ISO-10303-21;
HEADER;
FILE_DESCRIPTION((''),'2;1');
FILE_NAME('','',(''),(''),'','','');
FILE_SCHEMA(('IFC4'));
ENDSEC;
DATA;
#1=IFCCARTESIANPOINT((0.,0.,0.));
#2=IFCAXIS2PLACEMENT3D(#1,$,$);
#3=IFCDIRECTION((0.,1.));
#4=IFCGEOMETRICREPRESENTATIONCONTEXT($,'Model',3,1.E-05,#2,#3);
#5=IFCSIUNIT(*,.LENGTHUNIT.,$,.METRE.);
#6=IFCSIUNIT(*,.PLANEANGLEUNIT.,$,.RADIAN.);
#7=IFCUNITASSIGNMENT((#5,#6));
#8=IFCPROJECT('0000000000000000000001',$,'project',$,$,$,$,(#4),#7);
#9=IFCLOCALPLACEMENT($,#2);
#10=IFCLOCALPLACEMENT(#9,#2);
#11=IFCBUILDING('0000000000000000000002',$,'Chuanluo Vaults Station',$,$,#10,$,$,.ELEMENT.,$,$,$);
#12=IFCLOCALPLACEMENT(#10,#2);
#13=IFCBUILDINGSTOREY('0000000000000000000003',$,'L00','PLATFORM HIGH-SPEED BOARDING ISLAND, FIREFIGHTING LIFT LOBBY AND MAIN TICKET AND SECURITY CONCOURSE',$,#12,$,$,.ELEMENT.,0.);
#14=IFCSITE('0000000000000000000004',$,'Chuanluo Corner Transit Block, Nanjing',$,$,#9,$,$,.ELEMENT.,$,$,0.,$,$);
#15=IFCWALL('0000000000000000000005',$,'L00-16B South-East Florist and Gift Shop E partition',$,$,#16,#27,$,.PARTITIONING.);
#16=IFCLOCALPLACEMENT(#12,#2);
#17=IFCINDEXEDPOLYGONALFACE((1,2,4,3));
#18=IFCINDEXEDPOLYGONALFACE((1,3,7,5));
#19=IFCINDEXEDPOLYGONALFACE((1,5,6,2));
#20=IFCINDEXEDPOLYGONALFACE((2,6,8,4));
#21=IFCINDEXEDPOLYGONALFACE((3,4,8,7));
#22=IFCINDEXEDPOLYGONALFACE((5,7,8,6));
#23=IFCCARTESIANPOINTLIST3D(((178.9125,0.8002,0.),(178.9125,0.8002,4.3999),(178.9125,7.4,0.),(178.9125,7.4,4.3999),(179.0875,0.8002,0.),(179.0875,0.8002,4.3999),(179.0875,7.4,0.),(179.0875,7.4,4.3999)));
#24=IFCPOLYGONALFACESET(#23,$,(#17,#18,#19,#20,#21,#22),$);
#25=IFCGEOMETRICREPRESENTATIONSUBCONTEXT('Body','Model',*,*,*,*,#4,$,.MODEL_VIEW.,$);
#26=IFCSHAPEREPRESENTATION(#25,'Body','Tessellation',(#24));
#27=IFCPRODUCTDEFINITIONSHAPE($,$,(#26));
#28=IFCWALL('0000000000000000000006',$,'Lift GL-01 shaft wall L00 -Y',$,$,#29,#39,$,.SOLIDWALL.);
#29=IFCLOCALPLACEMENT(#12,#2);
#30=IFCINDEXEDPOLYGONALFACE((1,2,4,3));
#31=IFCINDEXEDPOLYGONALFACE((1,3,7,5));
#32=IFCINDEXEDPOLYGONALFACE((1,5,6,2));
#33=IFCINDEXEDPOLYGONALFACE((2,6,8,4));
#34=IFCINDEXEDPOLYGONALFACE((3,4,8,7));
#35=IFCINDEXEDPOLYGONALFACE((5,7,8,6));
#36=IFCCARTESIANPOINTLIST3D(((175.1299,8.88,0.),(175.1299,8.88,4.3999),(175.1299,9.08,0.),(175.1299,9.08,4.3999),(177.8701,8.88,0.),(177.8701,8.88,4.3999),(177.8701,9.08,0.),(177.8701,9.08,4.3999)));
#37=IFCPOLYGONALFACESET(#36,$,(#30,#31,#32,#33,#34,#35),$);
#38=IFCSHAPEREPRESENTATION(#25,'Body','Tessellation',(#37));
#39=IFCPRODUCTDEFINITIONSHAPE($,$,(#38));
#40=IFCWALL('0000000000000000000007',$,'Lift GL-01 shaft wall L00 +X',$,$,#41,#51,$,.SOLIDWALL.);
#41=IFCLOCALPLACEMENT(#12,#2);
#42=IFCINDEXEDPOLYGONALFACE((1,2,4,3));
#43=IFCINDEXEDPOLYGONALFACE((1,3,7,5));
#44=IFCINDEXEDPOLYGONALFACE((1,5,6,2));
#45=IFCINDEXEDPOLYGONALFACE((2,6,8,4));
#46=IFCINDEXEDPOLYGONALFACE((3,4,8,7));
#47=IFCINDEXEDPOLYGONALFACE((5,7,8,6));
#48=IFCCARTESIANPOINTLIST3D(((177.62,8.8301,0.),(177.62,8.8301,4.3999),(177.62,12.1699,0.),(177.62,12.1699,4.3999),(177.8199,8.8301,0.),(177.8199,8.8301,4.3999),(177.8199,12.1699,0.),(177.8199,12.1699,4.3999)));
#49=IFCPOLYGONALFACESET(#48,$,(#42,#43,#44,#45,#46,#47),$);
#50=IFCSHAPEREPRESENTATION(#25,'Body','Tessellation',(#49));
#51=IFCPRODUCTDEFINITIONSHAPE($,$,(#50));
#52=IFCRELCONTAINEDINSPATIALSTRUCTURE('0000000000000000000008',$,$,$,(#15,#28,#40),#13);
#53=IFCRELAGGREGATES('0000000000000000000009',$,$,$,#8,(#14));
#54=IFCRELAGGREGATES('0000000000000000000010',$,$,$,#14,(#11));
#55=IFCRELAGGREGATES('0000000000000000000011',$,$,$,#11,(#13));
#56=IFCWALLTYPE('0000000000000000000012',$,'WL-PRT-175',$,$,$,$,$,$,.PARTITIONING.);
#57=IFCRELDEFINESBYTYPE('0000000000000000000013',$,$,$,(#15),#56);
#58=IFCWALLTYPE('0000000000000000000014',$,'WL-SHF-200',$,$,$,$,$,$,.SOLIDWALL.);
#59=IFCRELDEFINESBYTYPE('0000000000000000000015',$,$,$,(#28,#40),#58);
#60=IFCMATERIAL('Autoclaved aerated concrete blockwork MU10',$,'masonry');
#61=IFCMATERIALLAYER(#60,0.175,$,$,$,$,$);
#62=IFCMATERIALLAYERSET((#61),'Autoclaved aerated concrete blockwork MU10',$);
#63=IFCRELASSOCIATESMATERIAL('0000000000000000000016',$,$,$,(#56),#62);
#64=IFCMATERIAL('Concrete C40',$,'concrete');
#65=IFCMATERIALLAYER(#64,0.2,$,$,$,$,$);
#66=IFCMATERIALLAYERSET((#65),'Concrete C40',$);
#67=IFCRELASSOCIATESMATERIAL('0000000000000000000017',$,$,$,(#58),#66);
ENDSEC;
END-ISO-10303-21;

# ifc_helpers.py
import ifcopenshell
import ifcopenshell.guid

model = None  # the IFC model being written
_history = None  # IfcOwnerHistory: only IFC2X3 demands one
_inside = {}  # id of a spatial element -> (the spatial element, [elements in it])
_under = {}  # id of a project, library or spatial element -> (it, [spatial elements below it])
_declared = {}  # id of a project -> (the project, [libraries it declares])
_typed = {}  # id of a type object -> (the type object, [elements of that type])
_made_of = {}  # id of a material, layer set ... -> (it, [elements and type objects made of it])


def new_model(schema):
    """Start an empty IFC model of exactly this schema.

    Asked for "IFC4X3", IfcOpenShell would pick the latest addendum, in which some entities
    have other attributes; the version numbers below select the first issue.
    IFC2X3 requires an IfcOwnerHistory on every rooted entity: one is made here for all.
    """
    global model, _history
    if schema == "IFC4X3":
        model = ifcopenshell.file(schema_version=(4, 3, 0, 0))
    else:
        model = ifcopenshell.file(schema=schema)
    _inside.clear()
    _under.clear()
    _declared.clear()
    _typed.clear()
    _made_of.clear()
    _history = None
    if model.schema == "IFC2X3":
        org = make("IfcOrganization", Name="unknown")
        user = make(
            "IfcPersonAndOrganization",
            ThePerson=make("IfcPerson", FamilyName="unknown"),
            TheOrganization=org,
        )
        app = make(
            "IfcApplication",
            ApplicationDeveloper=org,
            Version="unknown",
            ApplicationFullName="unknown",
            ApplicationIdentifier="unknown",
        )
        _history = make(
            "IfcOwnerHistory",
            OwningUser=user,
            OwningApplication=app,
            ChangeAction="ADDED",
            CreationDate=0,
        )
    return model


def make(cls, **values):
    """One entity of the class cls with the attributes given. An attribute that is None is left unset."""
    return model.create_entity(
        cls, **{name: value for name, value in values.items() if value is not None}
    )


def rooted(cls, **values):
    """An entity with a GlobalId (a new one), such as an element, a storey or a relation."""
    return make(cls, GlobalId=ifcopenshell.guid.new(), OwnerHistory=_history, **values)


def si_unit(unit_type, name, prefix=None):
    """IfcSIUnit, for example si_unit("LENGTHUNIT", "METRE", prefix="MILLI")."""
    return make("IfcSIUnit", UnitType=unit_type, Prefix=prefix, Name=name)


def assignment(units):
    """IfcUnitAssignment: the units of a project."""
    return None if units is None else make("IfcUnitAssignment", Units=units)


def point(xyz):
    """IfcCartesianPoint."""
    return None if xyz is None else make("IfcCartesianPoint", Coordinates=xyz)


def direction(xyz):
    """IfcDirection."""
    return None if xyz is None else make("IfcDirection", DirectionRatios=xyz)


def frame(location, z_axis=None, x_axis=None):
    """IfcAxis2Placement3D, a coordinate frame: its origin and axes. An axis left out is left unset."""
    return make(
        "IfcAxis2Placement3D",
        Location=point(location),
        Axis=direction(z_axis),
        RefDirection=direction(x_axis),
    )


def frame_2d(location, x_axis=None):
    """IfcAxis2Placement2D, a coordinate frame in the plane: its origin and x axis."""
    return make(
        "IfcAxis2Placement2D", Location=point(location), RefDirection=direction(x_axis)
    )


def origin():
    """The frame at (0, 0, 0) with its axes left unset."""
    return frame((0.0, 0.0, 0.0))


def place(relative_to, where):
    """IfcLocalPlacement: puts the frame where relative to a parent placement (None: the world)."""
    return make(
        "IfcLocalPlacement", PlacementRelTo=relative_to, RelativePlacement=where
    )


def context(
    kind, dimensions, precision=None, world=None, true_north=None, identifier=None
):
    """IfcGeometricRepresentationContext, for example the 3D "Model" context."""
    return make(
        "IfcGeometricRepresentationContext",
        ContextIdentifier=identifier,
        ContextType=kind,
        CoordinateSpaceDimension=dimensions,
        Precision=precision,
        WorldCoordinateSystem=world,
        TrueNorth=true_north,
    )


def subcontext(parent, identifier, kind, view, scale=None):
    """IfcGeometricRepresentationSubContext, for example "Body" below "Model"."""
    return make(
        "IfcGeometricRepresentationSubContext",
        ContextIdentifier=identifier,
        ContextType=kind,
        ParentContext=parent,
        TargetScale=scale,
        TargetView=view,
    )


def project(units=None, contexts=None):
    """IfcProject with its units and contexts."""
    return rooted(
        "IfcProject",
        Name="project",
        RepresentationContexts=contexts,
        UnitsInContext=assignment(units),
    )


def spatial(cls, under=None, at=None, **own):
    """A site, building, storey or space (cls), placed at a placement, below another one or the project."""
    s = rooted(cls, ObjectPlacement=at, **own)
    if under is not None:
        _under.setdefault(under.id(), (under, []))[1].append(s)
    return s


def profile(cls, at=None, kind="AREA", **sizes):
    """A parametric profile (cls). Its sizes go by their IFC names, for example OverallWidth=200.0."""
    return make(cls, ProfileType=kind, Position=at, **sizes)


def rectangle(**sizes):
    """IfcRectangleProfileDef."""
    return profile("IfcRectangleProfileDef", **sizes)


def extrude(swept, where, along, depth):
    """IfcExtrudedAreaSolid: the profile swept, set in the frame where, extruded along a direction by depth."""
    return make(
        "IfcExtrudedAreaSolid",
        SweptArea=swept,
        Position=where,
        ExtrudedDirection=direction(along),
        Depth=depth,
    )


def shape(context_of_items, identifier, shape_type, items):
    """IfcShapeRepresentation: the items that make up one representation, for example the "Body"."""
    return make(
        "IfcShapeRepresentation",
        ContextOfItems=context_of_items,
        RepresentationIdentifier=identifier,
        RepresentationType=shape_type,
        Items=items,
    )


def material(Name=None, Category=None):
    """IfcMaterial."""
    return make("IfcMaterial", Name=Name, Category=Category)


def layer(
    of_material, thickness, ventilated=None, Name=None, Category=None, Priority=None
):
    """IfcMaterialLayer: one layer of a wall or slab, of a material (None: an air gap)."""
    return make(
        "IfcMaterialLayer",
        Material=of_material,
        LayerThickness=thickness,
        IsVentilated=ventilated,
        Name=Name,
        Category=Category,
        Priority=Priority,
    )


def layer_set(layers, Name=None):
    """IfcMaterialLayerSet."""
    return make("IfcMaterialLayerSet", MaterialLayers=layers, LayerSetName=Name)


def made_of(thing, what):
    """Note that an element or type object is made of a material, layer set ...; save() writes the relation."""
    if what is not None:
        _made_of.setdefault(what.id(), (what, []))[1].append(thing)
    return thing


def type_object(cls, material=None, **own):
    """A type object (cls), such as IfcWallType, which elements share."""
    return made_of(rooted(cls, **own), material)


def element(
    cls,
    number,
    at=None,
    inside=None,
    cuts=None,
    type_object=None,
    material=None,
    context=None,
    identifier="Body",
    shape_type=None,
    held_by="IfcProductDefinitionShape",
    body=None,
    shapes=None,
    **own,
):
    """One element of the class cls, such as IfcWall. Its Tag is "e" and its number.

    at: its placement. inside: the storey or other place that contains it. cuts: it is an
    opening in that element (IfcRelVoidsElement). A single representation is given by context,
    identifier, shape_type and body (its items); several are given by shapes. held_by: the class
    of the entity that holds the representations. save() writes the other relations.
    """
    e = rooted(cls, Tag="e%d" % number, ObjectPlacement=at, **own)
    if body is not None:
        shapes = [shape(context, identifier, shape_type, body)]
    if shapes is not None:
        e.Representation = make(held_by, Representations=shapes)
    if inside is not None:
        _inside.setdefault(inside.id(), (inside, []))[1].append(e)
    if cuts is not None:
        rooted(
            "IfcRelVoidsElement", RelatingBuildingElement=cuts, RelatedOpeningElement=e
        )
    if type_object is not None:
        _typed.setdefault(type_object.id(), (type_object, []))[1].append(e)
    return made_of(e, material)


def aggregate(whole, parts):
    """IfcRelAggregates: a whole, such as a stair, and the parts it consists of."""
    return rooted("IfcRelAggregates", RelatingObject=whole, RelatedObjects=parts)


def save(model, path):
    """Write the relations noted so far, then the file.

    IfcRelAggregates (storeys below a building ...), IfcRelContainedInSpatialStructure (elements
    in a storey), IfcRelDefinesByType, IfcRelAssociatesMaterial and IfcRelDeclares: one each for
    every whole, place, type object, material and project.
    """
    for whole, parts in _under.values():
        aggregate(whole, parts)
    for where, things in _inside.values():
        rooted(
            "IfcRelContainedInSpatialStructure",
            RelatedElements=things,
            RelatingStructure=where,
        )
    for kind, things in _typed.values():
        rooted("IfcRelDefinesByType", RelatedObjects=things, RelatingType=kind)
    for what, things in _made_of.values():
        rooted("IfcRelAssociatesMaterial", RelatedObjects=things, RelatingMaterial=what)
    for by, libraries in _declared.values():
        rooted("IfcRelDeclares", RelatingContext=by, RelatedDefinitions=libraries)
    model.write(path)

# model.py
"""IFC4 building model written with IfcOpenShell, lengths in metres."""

from ifc_helpers import new_model, si_unit, direction, frame, frame_2d, origin, place, context, subcontext, project, spatial, rectangle, extrude, material, layer, layer_set, type_object, element, save


model = new_model("IFC4")

# Units and contexts
model_context = context("Model", 3, precision=1e-05, world=origin(), true_north=direction((0.0, 1.0)))
body_context = subcontext(model_context, "Body", "Model", "MODEL_VIEW")
ifc_project = project(units=[si_unit("LENGTHUNIT", "METRE"), si_unit("PLANEANGLEUNIT", "RADIAN")], contexts=[model_context])

# Site, building, storey
site_placement = place(None, origin())
site = spatial("IfcSite", under=ifc_project, at=site_placement, Name="Chuanluo Corner Transit Block, Nanjing", CompositionType="ELEMENT", RefElevation=0.0)
building_placement = place(site_placement, origin())
building = spatial("IfcBuilding", under=site, at=building_placement, Name="Chuanluo Vaults Station", CompositionType="ELEMENT")
storey_placement = place(building_placement, origin())
storey = spatial("IfcBuildingStorey", under=building, at=storey_placement, Name="L00", Description="PLATFORM HIGH-SPEED BOARDING ISLAND, FIREFIGHTING LIFT LOBBY AND MAIN TICKET AND SECURITY CONCOURSE", CompositionType="ELEMENT", Elevation=0.0)

# Walls
ifc_material_1 = material(Name="Autoclaved aerated concrete blockwork MU10", Category="masonry")
ifc_layer_1 = layer(ifc_material_1, 0.175)
ifc_layer_set_1 = layer_set([ifc_layer_1], Name="Autoclaved aerated concrete blockwork MU10")
wall_type_1 = type_object("IfcWallType", Name="WL-PRT-175", PredefinedType="PARTITIONING", material=ifc_layer_set_1)
wall_1_placement = place(storey_placement, frame((179.0, 7.3999, 0.0), z_axis=(0.0, 0.0, 1.0), x_axis=(0.0, -1.0, 0.0)))
element("IfcWall", 1, at=wall_1_placement, inside=storey, type_object=wall_type_1, Name="L00-16B South-East Florist and Gift Shop E partition", PredefinedType="PARTITIONING", context=body_context, shape_type="SweptSolid", body=[
    extrude(rectangle(XDim=6.5999, YDim=0.175, at=frame_2d((3.2998, 0.0))), origin(), (0.0, 0.0, 1.0), 4.3999),
])
ifc_material_2 = material(Name="Concrete C40", Category="concrete")
ifc_layer_2 = layer(ifc_material_2, 0.2)
ifc_layer_set_2 = layer_set([ifc_layer_2], Name="Concrete C40")
wall_type_2 = type_object("IfcWallType", Name="WL-SHF-200", PredefinedType="SOLIDWALL", material=ifc_layer_set_2)
wall_2_placement = place(storey_placement, frame((175.1299, 8.98, 0.0), z_axis=(0.0, 0.0, 1.0), x_axis=(1.0, 0.0, 0.0)))
element("IfcWall", 2, at=wall_2_placement, inside=storey, type_object=wall_type_2, Name="Lift GL-01 shaft wall L00 -Y", PredefinedType="SOLIDWALL", context=body_context, shape_type="SweptSolid", body=[
    extrude(rectangle(XDim=2.7402, YDim=0.2, at=frame_2d((1.3701, 0.0))), origin(), (0.0, 0.0, 1.0), 4.3999),
])
wall_3_placement = place(storey_placement, frame((177.72, 8.8301, 0.0), z_axis=(0.0, 0.0, 1.0), x_axis=(0.0, 1.0, 0.0)))
element("IfcWall", 3, at=wall_3_placement, inside=storey, type_object=wall_type_2, Name="Lift GL-01 shaft wall L00 +X", PredefinedType="SOLIDWALL", context=body_context, shape_type="SweptSolid", body=[
    extrude(rectangle(XDim=3.3398, YDim=0.2, at=frame_2d((1.6699, 0.0))), origin(), (0.0, 0.0, 1.0), 4.3999),
])

save(model, "model.ifc")
